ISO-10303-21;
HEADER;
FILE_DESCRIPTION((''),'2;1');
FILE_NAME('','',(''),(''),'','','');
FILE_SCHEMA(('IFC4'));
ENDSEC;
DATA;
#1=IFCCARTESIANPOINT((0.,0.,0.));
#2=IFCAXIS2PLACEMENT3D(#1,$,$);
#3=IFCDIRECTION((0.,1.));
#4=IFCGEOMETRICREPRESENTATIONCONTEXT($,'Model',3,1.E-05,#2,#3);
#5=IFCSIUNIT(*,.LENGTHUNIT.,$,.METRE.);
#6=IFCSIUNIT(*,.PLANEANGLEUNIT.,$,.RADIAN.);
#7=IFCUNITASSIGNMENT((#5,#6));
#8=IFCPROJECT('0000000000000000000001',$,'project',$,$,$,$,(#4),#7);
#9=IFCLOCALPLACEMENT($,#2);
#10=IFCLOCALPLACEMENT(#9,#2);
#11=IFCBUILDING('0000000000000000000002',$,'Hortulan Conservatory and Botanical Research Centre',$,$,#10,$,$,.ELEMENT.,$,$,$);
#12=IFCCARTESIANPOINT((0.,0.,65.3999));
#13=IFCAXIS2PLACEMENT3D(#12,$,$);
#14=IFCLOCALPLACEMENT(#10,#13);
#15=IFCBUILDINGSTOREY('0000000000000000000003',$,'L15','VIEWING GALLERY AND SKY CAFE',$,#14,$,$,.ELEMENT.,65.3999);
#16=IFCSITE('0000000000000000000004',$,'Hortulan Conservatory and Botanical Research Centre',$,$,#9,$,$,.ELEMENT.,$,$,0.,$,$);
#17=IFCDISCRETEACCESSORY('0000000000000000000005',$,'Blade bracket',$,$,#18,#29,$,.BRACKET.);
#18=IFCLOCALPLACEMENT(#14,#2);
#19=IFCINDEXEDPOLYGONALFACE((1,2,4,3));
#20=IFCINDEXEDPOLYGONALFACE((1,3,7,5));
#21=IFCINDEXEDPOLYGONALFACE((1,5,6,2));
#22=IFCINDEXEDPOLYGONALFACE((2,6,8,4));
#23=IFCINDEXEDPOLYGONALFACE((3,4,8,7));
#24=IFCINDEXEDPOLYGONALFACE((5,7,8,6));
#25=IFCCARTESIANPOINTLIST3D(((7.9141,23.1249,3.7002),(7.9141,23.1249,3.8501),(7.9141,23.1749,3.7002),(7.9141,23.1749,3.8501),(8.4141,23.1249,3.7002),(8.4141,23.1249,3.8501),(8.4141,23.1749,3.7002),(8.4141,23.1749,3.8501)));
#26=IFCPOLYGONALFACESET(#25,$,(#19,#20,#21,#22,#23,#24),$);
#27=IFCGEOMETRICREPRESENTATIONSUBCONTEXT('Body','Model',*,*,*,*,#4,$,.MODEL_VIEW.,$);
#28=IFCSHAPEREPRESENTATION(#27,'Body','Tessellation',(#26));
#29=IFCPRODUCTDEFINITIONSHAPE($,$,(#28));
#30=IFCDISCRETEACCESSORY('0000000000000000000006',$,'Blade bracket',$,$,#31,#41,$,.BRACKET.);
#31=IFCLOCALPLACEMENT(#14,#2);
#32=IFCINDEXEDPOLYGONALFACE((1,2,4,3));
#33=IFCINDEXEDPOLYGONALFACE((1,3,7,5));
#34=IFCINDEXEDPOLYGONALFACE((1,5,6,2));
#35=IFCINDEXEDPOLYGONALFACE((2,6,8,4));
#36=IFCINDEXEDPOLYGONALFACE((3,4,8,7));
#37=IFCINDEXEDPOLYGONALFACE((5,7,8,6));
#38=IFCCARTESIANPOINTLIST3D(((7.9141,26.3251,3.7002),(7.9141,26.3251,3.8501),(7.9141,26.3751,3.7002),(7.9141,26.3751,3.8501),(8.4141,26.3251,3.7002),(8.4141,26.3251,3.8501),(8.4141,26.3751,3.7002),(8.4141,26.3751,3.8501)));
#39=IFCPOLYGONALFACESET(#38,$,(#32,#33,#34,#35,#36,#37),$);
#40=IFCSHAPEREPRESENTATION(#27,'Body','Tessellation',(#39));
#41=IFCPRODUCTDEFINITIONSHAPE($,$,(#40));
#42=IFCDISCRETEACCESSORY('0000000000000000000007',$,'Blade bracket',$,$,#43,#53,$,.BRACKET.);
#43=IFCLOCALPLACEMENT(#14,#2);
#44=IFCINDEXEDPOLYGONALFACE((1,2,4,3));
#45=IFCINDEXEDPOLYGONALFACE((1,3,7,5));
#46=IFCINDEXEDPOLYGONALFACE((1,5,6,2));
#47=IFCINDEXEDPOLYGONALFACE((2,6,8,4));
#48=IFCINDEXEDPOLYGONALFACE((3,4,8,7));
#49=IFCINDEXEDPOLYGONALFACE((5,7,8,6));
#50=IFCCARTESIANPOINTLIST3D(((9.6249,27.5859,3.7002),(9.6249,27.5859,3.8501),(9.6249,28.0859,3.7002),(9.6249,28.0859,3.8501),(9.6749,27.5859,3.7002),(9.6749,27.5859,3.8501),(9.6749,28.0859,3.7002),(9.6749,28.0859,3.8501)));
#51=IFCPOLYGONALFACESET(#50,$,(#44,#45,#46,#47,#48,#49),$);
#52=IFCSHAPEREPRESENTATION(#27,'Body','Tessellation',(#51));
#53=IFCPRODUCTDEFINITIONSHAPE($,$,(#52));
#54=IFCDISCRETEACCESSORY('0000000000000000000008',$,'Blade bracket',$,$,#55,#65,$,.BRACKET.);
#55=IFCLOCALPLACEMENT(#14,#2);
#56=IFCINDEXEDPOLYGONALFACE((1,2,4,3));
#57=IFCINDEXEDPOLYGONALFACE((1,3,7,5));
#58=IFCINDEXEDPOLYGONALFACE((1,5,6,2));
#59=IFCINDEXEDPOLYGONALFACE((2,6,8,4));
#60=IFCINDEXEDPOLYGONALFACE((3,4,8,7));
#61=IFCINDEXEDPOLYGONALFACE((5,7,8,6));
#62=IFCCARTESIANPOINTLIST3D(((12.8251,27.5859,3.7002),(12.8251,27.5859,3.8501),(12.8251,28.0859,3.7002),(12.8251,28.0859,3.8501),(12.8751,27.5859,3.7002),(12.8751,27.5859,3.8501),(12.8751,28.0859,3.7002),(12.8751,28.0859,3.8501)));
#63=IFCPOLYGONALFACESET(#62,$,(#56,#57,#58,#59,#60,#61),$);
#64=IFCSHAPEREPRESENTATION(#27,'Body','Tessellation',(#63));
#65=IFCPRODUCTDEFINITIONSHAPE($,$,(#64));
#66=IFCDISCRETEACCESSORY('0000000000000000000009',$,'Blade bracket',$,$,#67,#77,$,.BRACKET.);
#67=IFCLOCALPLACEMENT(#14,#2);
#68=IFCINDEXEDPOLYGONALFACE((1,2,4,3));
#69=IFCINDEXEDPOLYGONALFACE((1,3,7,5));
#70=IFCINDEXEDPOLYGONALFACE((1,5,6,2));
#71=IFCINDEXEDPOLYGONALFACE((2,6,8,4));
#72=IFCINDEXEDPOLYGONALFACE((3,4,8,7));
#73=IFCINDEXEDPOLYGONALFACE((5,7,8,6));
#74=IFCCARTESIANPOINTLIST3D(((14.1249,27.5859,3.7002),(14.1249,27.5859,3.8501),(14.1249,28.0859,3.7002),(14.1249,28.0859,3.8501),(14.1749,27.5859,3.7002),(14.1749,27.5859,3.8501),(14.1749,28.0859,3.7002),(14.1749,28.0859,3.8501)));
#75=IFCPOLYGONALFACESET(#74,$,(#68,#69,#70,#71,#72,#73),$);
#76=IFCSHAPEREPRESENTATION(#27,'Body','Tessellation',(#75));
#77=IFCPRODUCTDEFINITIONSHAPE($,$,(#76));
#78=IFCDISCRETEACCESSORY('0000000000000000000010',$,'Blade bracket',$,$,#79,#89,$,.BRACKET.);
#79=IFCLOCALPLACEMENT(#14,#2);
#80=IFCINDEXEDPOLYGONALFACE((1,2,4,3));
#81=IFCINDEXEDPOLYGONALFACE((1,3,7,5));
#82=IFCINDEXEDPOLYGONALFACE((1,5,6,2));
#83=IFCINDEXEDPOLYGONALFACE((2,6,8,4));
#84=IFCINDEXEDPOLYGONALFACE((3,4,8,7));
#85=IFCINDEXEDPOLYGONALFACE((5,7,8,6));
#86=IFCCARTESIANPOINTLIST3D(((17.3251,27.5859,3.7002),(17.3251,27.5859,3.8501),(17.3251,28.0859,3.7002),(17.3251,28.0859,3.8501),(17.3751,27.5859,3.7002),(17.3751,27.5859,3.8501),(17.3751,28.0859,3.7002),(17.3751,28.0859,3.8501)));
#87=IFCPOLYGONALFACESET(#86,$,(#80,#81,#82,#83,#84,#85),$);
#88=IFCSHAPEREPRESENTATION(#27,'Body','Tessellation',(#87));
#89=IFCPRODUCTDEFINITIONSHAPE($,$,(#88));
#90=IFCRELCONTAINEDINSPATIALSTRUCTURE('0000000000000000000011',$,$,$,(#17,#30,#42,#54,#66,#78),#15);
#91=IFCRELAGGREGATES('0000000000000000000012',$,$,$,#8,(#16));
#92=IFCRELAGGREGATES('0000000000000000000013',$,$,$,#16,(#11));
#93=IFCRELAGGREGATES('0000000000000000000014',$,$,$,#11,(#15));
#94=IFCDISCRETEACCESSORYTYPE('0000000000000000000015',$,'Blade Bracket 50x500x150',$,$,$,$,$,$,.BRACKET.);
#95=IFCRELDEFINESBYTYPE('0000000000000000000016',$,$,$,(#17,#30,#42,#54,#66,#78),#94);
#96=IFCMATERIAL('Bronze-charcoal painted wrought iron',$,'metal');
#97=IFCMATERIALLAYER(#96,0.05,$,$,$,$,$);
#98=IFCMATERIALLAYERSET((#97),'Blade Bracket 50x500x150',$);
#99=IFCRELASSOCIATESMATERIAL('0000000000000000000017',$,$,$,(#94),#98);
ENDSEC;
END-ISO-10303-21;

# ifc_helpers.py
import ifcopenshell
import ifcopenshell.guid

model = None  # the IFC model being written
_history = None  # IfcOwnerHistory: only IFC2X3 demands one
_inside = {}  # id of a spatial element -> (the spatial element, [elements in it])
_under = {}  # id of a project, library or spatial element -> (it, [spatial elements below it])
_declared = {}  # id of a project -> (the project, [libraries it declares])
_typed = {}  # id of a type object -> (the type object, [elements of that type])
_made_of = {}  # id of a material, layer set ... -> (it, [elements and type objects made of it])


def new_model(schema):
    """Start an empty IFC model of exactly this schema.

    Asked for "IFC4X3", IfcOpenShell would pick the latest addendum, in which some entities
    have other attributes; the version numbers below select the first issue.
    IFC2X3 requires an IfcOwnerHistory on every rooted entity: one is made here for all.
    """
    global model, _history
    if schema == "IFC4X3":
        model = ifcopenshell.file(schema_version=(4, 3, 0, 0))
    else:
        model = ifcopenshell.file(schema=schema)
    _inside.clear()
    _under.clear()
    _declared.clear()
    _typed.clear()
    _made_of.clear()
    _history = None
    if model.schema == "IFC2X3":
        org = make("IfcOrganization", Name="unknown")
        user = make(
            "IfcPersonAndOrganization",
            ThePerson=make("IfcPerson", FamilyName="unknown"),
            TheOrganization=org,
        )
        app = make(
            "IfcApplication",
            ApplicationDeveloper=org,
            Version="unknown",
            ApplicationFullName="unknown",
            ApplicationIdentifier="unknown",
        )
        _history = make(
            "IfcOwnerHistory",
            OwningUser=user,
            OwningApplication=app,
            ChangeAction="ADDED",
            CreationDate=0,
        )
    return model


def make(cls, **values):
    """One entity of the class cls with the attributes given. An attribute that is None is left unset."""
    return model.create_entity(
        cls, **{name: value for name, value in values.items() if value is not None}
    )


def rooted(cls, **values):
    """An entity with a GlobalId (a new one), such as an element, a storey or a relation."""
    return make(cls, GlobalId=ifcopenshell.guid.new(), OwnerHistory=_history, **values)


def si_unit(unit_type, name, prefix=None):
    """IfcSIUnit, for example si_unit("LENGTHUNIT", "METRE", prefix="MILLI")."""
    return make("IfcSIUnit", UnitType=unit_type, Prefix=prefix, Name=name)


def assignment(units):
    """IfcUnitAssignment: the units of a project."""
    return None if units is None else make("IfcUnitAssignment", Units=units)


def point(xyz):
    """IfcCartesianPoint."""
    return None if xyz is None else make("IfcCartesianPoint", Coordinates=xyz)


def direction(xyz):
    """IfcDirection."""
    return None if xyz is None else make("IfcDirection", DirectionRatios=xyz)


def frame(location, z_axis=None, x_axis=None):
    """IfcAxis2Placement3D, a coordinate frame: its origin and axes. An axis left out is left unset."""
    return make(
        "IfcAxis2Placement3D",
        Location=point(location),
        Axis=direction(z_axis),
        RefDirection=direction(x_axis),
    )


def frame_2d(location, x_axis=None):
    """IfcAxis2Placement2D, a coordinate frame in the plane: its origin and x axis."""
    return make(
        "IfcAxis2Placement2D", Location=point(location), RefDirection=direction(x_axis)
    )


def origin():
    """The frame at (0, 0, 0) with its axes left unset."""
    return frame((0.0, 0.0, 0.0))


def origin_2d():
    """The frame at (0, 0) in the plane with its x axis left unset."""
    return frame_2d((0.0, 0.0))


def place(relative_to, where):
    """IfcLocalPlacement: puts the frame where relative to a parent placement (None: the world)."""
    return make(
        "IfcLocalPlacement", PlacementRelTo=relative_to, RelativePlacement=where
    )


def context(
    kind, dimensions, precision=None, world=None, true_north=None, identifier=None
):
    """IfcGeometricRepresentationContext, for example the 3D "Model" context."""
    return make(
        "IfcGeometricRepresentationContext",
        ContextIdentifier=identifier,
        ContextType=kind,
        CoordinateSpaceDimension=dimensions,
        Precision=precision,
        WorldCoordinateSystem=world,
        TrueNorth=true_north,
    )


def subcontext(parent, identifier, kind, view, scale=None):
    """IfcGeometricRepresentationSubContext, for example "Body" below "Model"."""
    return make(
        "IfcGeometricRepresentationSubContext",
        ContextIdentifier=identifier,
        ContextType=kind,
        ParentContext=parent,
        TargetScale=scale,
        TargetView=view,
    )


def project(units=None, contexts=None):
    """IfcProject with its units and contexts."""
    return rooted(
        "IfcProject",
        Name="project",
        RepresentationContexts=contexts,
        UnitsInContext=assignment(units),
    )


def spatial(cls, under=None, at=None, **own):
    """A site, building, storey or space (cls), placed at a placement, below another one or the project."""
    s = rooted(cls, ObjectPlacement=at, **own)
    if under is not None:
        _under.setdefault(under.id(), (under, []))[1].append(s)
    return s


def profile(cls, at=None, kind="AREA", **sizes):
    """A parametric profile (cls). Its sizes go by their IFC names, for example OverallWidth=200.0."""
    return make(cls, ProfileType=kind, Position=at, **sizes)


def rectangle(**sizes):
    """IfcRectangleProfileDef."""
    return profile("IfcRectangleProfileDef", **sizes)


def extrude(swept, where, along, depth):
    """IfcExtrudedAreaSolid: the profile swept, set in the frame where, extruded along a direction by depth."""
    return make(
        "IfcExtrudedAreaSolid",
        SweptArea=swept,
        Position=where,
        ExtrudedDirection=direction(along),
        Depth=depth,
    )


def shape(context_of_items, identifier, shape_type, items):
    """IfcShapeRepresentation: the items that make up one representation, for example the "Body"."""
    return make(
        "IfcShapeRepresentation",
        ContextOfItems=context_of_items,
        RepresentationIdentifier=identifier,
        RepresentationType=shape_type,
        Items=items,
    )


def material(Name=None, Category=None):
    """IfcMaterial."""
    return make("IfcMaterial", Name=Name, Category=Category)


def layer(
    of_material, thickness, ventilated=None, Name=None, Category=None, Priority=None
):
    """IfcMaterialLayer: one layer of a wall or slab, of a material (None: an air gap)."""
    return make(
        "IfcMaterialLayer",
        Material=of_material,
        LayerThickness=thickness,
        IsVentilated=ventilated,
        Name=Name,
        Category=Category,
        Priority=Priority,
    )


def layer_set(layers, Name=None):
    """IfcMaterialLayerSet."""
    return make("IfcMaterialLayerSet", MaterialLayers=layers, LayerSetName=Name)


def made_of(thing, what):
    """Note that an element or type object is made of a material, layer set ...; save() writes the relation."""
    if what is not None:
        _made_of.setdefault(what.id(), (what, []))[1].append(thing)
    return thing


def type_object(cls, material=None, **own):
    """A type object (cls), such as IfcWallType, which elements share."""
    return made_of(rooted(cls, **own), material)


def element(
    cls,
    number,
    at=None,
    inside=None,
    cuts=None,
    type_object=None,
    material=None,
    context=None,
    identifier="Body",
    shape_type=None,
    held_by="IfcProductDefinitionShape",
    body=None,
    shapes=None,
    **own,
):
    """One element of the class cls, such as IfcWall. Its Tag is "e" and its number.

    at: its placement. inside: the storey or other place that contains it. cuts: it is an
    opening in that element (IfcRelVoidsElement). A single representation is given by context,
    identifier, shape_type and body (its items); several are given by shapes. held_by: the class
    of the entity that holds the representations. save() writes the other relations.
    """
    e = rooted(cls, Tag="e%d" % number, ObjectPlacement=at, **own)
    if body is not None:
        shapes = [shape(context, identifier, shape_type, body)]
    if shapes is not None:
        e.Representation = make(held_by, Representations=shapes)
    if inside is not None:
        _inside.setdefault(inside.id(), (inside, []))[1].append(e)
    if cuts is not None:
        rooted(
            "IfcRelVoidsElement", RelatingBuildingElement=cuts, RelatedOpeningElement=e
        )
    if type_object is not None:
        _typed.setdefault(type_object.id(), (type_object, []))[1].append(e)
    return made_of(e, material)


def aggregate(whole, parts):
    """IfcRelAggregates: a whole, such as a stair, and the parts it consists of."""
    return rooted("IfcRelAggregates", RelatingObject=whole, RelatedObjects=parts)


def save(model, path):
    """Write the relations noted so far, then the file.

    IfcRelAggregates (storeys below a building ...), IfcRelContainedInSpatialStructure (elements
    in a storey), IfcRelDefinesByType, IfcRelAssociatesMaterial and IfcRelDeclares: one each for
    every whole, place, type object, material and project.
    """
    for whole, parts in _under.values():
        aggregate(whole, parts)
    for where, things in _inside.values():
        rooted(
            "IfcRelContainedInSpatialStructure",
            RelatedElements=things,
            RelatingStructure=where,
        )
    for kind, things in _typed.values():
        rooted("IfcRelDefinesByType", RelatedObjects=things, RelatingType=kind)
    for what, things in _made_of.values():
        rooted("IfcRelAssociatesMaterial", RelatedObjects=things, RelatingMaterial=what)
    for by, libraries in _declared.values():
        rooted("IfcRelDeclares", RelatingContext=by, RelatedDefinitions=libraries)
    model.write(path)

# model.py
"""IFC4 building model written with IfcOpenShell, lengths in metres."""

from ifc_helpers import new_model, si_unit, direction, frame, origin, origin_2d, place, context, subcontext, project, spatial, rectangle, extrude, material, layer, layer_set, type_object, element, save


model = new_model("IFC4")

# Units and contexts
model_context = context("Model", 3, precision=1e-05, world=origin(), true_north=direction((0.0, 1.0)))
body_context = subcontext(model_context, "Body", "Model", "MODEL_VIEW")
ifc_project = project(units=[si_unit("LENGTHUNIT", "METRE"), si_unit("PLANEANGLEUNIT", "RADIAN")], contexts=[model_context])

# Site, building, storey
site_placement = place(None, origin())
site = spatial("IfcSite", under=ifc_project, at=site_placement, Name="Hortulan Conservatory and Botanical Research Centre", CompositionType="ELEMENT", RefElevation=0.0)
building_placement = place(site_placement, origin())
building = spatial("IfcBuilding", under=site, at=building_placement, Name="Hortulan Conservatory and Botanical Research Centre", CompositionType="ELEMENT")
storey_placement = place(building_placement, frame((0.0, 0.0, 65.3999)))
storey = spatial("IfcBuildingStorey", under=building, at=storey_placement, Name="L15", Description="VIEWING GALLERY AND SKY CAFE", CompositionType="ELEMENT", Elevation=65.3999)

# Discrete accessories
ifc_material_1 = material(Name="Bronze-charcoal painted wrought iron", Category="metal")
ifc_layer_1 = layer(ifc_material_1, 0.05)
ifc_layer_set_1 = layer_set([ifc_layer_1], Name="Blade Bracket 50x500x150")
discrete_accessory_type = type_object("IfcDiscreteAccessoryType", Name="Blade Bracket 50x500x150", PredefinedType="BRACKET", material=ifc_layer_set_1)
for number, where, z_axis, x_axis, name in (
    (1, (8.1641, 23.1499, 3.7002), (0.0, 0.0, 1.0), (0.0, 1.0, 0.0), "Blade bracket"),
    (2, (8.1641, 26.3501, 3.7002), (0.0, 0.0, 1.0), (0.0, 1.0, 0.0), "Blade bracket"),
    (3, (9.6499, 27.8359, 3.7002), (0.0, 0.0, 1.0), (1.0, 0.0, 0.0), "Blade bracket"),
    (4, (12.8501, 27.8359, 3.7002), (0.0, 0.0, 1.0), (1.0, 0.0, 0.0), "Blade bracket"),
    (5, (14.1499, 27.8359, 3.7002), (0.0, 0.0, 1.0), (1.0, 0.0, 0.0), "Blade bracket"),
    (6, (17.3501, 27.8359, 3.7002), (0.0, 0.0, 1.0), (1.0, 0.0, 0.0), "Blade bracket"),
):
    element("IfcDiscreteAccessory", number, at=place(storey_placement, frame(where, z_axis=z_axis, x_axis=x_axis)), inside=storey, type_object=discrete_accessory_type, Name=name, PredefinedType="BRACKET", context=body_context, shape_type="SweptSolid", body=[
        extrude(rectangle(XDim=0.05, YDim=0.5, at=origin_2d()), origin(), (0.0, 0.0, 1.0), 0.1499),
    ])

save(model, "model.ifc")
